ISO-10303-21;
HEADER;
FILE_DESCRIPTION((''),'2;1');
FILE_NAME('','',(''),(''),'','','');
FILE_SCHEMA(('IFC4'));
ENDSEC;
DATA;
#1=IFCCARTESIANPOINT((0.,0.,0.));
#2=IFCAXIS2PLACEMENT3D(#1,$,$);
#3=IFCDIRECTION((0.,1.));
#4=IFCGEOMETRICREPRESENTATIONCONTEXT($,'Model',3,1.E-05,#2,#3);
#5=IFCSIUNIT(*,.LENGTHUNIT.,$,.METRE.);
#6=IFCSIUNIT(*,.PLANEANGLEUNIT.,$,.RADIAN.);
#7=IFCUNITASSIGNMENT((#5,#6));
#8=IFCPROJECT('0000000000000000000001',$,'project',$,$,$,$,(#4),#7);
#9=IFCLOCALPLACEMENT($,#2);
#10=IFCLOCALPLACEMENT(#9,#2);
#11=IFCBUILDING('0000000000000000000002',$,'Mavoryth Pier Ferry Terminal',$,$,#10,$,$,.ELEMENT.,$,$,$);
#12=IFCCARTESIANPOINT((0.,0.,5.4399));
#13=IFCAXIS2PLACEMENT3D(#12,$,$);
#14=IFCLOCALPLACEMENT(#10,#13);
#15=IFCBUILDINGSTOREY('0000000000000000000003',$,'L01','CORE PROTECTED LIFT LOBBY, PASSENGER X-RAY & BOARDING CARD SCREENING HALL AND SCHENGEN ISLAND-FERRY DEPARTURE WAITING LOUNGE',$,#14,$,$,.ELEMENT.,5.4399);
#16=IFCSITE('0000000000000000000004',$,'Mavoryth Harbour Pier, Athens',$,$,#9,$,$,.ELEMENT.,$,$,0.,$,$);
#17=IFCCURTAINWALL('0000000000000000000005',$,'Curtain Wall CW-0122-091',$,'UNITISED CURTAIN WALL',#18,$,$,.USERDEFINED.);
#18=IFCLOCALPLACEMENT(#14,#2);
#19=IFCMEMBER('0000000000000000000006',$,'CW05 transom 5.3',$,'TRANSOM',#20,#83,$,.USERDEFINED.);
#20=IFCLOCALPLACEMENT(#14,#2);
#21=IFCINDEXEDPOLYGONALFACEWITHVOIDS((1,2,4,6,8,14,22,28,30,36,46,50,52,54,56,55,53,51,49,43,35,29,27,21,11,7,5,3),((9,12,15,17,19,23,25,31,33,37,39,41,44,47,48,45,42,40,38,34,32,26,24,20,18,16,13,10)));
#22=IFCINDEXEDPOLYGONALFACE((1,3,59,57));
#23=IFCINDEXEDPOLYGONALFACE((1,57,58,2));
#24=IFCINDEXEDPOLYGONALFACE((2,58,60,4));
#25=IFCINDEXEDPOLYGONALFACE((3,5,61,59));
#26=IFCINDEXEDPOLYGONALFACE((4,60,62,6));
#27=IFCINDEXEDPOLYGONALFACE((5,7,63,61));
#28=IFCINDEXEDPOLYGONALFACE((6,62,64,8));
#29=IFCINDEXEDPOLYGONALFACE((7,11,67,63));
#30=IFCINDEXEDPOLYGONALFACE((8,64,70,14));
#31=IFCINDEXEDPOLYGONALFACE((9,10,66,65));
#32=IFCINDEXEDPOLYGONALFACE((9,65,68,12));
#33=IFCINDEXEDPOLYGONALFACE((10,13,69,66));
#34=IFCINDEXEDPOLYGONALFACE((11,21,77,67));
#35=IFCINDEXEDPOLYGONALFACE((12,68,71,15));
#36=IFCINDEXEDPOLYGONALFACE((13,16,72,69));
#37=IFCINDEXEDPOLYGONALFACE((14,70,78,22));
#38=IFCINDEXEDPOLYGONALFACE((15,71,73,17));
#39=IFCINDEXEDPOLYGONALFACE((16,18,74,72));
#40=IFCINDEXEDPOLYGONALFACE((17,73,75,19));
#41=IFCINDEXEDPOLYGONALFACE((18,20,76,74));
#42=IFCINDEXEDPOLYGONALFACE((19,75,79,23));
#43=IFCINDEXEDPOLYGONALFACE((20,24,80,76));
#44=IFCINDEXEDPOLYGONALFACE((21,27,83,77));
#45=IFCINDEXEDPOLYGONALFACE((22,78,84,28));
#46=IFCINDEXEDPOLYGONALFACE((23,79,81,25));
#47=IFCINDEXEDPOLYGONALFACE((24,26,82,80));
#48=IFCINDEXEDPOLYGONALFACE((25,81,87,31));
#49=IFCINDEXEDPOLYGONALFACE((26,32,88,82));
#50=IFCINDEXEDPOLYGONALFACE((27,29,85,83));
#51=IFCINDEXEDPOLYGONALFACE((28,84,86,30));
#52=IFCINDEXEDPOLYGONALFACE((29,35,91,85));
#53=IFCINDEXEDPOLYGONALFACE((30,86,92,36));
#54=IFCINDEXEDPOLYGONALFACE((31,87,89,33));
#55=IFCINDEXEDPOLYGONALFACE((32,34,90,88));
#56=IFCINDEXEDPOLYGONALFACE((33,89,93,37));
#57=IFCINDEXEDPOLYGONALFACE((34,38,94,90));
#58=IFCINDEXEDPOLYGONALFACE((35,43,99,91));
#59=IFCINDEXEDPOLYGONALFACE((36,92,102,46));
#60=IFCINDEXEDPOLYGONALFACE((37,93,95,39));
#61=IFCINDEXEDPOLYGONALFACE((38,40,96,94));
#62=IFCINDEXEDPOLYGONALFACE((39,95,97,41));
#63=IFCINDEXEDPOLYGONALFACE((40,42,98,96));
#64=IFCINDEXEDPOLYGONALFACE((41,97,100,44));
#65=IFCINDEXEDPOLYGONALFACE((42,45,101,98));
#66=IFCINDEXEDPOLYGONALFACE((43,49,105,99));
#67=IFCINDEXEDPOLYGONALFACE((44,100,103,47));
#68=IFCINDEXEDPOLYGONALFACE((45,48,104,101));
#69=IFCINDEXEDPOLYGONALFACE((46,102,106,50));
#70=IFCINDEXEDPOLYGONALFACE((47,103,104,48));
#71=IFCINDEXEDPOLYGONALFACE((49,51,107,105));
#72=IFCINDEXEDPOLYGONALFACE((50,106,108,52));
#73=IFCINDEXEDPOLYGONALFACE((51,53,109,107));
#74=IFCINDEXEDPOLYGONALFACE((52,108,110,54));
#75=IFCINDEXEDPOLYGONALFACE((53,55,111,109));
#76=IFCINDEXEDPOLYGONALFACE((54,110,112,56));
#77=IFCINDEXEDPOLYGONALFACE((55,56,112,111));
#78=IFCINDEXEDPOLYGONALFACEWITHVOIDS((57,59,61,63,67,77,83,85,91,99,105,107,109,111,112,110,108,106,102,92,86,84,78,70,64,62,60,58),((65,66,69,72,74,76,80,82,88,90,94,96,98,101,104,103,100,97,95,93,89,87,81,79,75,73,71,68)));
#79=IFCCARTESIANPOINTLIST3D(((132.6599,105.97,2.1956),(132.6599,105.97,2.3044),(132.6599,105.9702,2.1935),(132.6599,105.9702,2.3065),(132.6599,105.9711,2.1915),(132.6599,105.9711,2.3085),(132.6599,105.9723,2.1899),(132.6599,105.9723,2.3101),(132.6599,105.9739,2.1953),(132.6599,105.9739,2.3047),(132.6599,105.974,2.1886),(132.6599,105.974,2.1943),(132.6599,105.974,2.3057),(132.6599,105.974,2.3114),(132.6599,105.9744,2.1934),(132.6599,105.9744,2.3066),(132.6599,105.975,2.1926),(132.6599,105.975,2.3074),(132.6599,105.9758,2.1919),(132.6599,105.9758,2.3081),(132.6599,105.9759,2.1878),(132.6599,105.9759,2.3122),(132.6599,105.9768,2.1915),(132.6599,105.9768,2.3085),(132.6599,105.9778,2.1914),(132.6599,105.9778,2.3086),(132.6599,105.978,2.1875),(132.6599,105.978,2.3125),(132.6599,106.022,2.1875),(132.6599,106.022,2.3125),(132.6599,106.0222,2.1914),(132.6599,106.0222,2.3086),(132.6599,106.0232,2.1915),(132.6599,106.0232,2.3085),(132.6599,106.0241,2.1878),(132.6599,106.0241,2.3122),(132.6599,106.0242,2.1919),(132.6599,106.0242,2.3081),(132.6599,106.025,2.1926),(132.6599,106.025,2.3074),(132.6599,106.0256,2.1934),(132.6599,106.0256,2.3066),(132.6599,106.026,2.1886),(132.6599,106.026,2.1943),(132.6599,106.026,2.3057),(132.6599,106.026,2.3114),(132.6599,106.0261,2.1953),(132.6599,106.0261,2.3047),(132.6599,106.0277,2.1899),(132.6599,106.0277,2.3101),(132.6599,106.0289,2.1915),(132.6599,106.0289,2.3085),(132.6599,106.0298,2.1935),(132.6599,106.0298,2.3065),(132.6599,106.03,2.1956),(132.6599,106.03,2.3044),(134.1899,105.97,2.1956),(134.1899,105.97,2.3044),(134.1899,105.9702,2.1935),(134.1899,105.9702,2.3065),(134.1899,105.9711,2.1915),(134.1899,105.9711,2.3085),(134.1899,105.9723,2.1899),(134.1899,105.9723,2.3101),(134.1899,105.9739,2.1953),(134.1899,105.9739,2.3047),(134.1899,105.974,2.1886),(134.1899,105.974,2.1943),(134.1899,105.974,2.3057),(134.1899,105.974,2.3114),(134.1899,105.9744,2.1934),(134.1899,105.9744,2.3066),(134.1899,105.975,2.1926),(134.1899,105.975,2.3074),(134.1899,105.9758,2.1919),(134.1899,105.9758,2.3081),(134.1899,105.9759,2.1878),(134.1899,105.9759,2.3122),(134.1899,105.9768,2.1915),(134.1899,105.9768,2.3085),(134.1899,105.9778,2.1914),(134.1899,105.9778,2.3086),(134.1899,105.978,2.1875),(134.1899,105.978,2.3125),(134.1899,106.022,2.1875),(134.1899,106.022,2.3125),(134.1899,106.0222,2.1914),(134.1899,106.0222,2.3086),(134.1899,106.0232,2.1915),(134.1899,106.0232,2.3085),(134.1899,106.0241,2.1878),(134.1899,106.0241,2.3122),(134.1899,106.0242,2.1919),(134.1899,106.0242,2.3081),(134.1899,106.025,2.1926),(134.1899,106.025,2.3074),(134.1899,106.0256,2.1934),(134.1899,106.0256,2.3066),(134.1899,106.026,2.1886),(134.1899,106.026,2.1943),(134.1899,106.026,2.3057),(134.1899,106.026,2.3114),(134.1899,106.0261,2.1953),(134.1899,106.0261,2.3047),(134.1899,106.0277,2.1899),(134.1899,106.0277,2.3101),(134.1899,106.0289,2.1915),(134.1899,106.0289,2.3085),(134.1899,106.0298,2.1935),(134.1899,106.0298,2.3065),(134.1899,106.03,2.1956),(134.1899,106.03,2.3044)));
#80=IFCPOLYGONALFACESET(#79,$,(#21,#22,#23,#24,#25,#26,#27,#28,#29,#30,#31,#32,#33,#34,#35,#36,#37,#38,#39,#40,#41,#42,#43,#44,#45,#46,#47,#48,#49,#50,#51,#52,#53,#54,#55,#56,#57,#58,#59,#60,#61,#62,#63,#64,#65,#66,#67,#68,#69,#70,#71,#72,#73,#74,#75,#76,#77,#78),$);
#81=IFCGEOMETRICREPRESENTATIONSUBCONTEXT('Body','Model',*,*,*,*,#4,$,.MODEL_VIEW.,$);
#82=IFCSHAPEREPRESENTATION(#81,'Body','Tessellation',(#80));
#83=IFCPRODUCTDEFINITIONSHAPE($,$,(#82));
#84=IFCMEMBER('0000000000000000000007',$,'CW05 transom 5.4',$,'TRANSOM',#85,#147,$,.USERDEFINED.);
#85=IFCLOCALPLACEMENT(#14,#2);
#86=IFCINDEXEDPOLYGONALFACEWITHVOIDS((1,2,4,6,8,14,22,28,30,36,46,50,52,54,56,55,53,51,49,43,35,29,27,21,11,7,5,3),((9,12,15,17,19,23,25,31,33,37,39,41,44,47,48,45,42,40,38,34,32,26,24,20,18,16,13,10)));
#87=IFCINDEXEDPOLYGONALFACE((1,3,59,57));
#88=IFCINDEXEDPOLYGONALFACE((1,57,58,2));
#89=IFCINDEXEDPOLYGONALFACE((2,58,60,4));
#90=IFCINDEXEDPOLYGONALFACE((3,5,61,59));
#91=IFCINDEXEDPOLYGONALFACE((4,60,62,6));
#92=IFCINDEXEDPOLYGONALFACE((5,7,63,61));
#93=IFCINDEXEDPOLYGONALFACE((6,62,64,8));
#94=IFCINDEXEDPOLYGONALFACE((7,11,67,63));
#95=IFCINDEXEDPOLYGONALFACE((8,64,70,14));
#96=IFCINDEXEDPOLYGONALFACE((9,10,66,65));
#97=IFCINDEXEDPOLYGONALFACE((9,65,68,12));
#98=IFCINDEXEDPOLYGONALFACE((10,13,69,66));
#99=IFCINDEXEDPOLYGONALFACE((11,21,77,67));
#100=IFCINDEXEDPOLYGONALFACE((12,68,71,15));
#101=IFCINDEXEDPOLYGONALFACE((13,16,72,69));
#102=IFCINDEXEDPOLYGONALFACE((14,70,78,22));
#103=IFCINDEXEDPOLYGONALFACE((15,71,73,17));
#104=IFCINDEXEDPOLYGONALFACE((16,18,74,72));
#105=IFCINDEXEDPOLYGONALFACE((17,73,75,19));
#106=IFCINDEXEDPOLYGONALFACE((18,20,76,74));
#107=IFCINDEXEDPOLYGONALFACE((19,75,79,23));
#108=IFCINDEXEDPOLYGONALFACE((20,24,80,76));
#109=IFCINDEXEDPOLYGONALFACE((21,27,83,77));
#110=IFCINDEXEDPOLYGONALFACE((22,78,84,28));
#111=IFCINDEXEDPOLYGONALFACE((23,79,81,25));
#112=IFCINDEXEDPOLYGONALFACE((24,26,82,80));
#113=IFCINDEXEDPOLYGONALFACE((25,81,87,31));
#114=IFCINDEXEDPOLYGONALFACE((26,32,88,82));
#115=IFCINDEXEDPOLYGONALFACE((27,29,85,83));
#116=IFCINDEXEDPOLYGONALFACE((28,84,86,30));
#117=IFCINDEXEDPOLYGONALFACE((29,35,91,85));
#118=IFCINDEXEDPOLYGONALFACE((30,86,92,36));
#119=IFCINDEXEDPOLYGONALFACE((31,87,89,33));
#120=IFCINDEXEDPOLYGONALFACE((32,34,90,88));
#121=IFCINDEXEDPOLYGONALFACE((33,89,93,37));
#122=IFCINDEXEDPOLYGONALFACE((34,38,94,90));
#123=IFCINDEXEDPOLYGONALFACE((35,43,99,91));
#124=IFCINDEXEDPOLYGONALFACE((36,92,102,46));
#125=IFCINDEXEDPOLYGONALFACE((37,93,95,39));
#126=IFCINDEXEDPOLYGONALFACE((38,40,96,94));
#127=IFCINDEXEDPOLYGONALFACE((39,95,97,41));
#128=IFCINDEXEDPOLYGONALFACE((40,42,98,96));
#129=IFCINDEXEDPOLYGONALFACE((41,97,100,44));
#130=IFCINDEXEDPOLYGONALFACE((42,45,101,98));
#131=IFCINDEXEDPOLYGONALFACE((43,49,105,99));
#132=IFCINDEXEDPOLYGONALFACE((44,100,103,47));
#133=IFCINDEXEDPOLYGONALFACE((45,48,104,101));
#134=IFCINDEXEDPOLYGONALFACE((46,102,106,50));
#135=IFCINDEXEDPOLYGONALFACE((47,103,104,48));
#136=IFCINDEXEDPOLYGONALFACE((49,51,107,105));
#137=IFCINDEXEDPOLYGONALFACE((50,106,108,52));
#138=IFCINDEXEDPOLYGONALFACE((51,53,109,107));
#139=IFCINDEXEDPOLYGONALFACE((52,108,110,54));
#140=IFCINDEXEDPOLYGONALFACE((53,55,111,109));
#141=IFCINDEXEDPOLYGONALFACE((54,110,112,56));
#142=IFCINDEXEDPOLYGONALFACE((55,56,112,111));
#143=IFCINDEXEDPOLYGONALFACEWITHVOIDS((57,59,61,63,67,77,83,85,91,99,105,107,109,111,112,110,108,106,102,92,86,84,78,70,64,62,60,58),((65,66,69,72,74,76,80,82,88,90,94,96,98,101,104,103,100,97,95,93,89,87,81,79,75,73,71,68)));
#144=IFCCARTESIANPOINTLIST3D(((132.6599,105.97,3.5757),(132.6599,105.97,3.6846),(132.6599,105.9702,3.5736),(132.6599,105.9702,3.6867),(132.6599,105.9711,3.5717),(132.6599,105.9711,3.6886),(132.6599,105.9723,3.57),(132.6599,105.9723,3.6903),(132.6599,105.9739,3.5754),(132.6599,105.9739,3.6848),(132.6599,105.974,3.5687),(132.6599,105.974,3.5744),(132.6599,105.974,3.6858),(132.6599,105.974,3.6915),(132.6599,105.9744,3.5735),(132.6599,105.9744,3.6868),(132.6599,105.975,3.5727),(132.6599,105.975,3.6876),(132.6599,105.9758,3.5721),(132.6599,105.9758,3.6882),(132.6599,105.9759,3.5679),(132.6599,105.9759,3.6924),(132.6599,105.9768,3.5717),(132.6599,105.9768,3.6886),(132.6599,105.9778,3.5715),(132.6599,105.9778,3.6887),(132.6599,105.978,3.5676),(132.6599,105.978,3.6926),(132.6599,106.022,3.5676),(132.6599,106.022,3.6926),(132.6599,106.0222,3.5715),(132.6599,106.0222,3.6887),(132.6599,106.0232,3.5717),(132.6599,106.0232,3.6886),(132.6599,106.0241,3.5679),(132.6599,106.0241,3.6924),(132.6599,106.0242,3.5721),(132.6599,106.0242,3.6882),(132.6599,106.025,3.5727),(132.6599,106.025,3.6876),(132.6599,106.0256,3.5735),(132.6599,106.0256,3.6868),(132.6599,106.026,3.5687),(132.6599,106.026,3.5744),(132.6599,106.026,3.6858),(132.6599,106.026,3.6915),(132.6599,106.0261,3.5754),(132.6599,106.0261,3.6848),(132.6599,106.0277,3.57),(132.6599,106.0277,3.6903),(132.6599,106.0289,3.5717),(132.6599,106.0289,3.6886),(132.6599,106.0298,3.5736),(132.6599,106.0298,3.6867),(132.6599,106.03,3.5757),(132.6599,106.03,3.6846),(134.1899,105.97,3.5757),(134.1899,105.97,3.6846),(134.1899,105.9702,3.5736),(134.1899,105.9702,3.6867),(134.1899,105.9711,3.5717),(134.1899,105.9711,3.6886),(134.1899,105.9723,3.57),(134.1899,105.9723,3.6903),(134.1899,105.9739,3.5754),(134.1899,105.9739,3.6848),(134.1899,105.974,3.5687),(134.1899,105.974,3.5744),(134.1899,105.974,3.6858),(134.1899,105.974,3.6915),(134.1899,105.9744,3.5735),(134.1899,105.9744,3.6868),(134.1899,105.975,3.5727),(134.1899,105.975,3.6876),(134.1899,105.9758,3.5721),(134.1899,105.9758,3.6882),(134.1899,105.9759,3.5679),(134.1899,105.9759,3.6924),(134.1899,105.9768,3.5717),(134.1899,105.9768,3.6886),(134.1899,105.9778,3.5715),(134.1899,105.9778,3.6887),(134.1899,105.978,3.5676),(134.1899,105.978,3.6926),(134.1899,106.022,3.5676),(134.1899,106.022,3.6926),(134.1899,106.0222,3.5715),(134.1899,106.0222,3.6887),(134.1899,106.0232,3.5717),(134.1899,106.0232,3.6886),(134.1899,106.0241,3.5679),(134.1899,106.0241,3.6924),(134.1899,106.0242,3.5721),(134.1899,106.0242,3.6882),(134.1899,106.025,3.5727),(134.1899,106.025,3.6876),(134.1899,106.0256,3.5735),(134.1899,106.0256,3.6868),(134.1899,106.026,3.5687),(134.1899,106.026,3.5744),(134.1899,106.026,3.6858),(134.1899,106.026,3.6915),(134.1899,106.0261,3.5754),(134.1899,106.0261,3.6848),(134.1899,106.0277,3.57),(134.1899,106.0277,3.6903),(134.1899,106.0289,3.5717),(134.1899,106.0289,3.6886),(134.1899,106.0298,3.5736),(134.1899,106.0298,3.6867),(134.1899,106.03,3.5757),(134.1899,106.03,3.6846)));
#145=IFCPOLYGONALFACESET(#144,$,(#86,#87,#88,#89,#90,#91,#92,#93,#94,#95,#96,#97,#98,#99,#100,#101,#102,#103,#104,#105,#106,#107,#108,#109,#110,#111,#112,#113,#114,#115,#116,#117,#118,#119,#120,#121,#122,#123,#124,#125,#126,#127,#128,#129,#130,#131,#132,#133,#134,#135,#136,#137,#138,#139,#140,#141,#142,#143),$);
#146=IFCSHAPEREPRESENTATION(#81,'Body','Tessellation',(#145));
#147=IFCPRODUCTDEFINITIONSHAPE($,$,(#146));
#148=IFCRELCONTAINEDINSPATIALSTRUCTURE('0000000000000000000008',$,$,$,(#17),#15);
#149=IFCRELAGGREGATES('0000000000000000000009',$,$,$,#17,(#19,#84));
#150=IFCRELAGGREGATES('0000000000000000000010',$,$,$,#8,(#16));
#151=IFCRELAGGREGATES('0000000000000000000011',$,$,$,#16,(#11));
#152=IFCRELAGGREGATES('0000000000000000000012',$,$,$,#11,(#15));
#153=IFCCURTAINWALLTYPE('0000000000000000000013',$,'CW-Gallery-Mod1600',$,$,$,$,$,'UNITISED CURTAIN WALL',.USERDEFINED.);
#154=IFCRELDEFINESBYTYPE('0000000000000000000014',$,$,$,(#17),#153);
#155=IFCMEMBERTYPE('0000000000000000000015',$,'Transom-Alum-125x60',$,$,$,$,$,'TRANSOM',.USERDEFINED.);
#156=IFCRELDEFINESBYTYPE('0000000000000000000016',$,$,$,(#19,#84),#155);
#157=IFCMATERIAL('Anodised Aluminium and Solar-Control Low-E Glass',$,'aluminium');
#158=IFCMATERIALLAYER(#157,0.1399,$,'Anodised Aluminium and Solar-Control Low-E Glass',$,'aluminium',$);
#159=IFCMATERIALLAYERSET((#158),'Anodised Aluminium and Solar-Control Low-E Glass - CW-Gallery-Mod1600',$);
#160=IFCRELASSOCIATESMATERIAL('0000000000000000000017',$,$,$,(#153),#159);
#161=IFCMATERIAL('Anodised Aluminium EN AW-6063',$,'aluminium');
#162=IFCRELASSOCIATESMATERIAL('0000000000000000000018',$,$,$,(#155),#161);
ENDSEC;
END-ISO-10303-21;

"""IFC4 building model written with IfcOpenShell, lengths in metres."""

from ifc_helpers import new_model, si_unit, direction, frame, origin, origin_2d, place, context, subcontext, project, spatial, hollow_rectangle, extrude, material, layer, layer_set, material_profile, profile_set, type_object, element, aggregate, save


model = new_model("IFC4")

# Units and contexts
model_context = context("Model", 3, precision=1e-05, world=origin(), true_north=direction((0.0, 1.0)))
body_context = subcontext(model_context, "Body", "Model", "MODEL_VIEW")
ifc_project = project(units=[si_unit("LENGTHUNIT", "METRE"), si_unit("PLANEANGLEUNIT", "RADIAN")], contexts=[model_context])

# Site, building, storey
site_placement = place(None, origin())
site = spatial("IfcSite", under=ifc_project, at=site_placement, Name="Mavoryth Harbour Pier, Athens", CompositionType="ELEMENT", RefElevation=0.0)
building_placement = place(site_placement, origin())
building = spatial("IfcBuilding", under=site, at=building_placement, Name="Mavoryth Pier Ferry Terminal", CompositionType="ELEMENT")
storey_placement = place(building_placement, frame((0.0, 0.0, 5.4399)))
storey = spatial("IfcBuildingStorey", under=building, at=storey_placement, Name="L01", Description="CORE PROTECTED LIFT LOBBY, PASSENGER X-RAY & BOARDING CARD SCREENING HALL AND SCHENGEN ISLAND-FERRY DEPARTURE WAITING LOUNGE", CompositionType="ELEMENT", Elevation=5.4399)

# Curtain wall
ifc_material_1 = material(Name="Anodised Aluminium and Solar-Control Low-E Glass", Category="aluminium")
ifc_layer_1 = layer(ifc_material_1, 0.1399, Name="Anodised Aluminium and Solar-Control Low-E Glass", Category="aluminium")
ifc_layer_set_1 = layer_set([ifc_layer_1], Name="Anodised Aluminium and Solar-Control Low-E Glass - CW-Gallery-Mod1600")
curtain_wall_type = type_object("IfcCurtainWallType", Name="CW-Gallery-Mod1600", ElementType="UNITISED CURTAIN WALL", PredefinedType="USERDEFINED", material=ifc_layer_set_1)
curtain_wall_1_placement = place(storey_placement, origin())
curtain_wall_1 = element("IfcCurtainWall", 1, at=curtain_wall_1_placement, inside=storey, type_object=curtain_wall_type, Name="Curtain Wall CW-0122-091", ObjectType="UNITISED CURTAIN WALL", PredefinedType="USERDEFINED")
ifc_material_2 = material(Name="Anodised Aluminium EN AW-6063", Category="aluminium")

# Members
ifc_material_profile_1 = material_profile(ifc_material_2, hollow_rectangle(XDim=0.0601, YDim=0.125, WallThickness=0.0039, InnerFilletRadius=0.0039, OuterFilletRadius=0.0081, at=origin_2d()), Name="AL-TRAN 125x60x4", Category="aluminium")
ifc_profile_set_1 = profile_set([ifc_material_profile_1], Name="Anodised Aluminium EN AW-6063 - AL-TRAN 125x60x4")
member_type_1 = type_object("IfcMemberType", Name="Transom-Alum-125x60", ElementType="TRANSOM", PredefinedType="USERDEFINED", material=ifc_profile_set_1)
member_1_placement = place(storey_placement, frame((132.6599, 106.0, 2.25), z_axis=(1.0, 0.0, 0.0), x_axis=(0.0, 1.0, 0.0)))
member_1 = element("IfcMember", 2, at=member_1_placement, type_object=member_type_1, Name="CW05 transom 5.3", ObjectType="TRANSOM", PredefinedType="USERDEFINED", context=body_context, shape_type="SweptSolid", body=[
    extrude(hollow_rectangle(XDim=0.0601, YDim=0.125, WallThickness=0.0039, InnerFilletRadius=0.0039, OuterFilletRadius=0.0081, at=origin_2d()), origin(), (0.0, 0.0, 1.0), 1.53),
])
member_2_placement = place(storey_placement, frame((132.6599, 106.0, 3.6301), z_axis=(1.0, 0.0, 0.0), x_axis=(0.0, 1.0, 0.0)))
member_2 = element("IfcMember", 3, at=member_2_placement, type_object=member_type_1, Name="CW05 transom 5.4", ObjectType="TRANSOM", PredefinedType="USERDEFINED", context=body_context, shape_type="SweptSolid", body=[
    extrude(hollow_rectangle(XDim=0.0601, YDim=0.125, WallThickness=0.0039, InnerFilletRadius=0.0039, OuterFilletRadius=0.0081, at=origin_2d()), origin(), (0.0, 0.0, 1.0), 1.53),
])

aggregate(curtain_wall_1, [member_1, member_2])

save(model, "model.ifc")
